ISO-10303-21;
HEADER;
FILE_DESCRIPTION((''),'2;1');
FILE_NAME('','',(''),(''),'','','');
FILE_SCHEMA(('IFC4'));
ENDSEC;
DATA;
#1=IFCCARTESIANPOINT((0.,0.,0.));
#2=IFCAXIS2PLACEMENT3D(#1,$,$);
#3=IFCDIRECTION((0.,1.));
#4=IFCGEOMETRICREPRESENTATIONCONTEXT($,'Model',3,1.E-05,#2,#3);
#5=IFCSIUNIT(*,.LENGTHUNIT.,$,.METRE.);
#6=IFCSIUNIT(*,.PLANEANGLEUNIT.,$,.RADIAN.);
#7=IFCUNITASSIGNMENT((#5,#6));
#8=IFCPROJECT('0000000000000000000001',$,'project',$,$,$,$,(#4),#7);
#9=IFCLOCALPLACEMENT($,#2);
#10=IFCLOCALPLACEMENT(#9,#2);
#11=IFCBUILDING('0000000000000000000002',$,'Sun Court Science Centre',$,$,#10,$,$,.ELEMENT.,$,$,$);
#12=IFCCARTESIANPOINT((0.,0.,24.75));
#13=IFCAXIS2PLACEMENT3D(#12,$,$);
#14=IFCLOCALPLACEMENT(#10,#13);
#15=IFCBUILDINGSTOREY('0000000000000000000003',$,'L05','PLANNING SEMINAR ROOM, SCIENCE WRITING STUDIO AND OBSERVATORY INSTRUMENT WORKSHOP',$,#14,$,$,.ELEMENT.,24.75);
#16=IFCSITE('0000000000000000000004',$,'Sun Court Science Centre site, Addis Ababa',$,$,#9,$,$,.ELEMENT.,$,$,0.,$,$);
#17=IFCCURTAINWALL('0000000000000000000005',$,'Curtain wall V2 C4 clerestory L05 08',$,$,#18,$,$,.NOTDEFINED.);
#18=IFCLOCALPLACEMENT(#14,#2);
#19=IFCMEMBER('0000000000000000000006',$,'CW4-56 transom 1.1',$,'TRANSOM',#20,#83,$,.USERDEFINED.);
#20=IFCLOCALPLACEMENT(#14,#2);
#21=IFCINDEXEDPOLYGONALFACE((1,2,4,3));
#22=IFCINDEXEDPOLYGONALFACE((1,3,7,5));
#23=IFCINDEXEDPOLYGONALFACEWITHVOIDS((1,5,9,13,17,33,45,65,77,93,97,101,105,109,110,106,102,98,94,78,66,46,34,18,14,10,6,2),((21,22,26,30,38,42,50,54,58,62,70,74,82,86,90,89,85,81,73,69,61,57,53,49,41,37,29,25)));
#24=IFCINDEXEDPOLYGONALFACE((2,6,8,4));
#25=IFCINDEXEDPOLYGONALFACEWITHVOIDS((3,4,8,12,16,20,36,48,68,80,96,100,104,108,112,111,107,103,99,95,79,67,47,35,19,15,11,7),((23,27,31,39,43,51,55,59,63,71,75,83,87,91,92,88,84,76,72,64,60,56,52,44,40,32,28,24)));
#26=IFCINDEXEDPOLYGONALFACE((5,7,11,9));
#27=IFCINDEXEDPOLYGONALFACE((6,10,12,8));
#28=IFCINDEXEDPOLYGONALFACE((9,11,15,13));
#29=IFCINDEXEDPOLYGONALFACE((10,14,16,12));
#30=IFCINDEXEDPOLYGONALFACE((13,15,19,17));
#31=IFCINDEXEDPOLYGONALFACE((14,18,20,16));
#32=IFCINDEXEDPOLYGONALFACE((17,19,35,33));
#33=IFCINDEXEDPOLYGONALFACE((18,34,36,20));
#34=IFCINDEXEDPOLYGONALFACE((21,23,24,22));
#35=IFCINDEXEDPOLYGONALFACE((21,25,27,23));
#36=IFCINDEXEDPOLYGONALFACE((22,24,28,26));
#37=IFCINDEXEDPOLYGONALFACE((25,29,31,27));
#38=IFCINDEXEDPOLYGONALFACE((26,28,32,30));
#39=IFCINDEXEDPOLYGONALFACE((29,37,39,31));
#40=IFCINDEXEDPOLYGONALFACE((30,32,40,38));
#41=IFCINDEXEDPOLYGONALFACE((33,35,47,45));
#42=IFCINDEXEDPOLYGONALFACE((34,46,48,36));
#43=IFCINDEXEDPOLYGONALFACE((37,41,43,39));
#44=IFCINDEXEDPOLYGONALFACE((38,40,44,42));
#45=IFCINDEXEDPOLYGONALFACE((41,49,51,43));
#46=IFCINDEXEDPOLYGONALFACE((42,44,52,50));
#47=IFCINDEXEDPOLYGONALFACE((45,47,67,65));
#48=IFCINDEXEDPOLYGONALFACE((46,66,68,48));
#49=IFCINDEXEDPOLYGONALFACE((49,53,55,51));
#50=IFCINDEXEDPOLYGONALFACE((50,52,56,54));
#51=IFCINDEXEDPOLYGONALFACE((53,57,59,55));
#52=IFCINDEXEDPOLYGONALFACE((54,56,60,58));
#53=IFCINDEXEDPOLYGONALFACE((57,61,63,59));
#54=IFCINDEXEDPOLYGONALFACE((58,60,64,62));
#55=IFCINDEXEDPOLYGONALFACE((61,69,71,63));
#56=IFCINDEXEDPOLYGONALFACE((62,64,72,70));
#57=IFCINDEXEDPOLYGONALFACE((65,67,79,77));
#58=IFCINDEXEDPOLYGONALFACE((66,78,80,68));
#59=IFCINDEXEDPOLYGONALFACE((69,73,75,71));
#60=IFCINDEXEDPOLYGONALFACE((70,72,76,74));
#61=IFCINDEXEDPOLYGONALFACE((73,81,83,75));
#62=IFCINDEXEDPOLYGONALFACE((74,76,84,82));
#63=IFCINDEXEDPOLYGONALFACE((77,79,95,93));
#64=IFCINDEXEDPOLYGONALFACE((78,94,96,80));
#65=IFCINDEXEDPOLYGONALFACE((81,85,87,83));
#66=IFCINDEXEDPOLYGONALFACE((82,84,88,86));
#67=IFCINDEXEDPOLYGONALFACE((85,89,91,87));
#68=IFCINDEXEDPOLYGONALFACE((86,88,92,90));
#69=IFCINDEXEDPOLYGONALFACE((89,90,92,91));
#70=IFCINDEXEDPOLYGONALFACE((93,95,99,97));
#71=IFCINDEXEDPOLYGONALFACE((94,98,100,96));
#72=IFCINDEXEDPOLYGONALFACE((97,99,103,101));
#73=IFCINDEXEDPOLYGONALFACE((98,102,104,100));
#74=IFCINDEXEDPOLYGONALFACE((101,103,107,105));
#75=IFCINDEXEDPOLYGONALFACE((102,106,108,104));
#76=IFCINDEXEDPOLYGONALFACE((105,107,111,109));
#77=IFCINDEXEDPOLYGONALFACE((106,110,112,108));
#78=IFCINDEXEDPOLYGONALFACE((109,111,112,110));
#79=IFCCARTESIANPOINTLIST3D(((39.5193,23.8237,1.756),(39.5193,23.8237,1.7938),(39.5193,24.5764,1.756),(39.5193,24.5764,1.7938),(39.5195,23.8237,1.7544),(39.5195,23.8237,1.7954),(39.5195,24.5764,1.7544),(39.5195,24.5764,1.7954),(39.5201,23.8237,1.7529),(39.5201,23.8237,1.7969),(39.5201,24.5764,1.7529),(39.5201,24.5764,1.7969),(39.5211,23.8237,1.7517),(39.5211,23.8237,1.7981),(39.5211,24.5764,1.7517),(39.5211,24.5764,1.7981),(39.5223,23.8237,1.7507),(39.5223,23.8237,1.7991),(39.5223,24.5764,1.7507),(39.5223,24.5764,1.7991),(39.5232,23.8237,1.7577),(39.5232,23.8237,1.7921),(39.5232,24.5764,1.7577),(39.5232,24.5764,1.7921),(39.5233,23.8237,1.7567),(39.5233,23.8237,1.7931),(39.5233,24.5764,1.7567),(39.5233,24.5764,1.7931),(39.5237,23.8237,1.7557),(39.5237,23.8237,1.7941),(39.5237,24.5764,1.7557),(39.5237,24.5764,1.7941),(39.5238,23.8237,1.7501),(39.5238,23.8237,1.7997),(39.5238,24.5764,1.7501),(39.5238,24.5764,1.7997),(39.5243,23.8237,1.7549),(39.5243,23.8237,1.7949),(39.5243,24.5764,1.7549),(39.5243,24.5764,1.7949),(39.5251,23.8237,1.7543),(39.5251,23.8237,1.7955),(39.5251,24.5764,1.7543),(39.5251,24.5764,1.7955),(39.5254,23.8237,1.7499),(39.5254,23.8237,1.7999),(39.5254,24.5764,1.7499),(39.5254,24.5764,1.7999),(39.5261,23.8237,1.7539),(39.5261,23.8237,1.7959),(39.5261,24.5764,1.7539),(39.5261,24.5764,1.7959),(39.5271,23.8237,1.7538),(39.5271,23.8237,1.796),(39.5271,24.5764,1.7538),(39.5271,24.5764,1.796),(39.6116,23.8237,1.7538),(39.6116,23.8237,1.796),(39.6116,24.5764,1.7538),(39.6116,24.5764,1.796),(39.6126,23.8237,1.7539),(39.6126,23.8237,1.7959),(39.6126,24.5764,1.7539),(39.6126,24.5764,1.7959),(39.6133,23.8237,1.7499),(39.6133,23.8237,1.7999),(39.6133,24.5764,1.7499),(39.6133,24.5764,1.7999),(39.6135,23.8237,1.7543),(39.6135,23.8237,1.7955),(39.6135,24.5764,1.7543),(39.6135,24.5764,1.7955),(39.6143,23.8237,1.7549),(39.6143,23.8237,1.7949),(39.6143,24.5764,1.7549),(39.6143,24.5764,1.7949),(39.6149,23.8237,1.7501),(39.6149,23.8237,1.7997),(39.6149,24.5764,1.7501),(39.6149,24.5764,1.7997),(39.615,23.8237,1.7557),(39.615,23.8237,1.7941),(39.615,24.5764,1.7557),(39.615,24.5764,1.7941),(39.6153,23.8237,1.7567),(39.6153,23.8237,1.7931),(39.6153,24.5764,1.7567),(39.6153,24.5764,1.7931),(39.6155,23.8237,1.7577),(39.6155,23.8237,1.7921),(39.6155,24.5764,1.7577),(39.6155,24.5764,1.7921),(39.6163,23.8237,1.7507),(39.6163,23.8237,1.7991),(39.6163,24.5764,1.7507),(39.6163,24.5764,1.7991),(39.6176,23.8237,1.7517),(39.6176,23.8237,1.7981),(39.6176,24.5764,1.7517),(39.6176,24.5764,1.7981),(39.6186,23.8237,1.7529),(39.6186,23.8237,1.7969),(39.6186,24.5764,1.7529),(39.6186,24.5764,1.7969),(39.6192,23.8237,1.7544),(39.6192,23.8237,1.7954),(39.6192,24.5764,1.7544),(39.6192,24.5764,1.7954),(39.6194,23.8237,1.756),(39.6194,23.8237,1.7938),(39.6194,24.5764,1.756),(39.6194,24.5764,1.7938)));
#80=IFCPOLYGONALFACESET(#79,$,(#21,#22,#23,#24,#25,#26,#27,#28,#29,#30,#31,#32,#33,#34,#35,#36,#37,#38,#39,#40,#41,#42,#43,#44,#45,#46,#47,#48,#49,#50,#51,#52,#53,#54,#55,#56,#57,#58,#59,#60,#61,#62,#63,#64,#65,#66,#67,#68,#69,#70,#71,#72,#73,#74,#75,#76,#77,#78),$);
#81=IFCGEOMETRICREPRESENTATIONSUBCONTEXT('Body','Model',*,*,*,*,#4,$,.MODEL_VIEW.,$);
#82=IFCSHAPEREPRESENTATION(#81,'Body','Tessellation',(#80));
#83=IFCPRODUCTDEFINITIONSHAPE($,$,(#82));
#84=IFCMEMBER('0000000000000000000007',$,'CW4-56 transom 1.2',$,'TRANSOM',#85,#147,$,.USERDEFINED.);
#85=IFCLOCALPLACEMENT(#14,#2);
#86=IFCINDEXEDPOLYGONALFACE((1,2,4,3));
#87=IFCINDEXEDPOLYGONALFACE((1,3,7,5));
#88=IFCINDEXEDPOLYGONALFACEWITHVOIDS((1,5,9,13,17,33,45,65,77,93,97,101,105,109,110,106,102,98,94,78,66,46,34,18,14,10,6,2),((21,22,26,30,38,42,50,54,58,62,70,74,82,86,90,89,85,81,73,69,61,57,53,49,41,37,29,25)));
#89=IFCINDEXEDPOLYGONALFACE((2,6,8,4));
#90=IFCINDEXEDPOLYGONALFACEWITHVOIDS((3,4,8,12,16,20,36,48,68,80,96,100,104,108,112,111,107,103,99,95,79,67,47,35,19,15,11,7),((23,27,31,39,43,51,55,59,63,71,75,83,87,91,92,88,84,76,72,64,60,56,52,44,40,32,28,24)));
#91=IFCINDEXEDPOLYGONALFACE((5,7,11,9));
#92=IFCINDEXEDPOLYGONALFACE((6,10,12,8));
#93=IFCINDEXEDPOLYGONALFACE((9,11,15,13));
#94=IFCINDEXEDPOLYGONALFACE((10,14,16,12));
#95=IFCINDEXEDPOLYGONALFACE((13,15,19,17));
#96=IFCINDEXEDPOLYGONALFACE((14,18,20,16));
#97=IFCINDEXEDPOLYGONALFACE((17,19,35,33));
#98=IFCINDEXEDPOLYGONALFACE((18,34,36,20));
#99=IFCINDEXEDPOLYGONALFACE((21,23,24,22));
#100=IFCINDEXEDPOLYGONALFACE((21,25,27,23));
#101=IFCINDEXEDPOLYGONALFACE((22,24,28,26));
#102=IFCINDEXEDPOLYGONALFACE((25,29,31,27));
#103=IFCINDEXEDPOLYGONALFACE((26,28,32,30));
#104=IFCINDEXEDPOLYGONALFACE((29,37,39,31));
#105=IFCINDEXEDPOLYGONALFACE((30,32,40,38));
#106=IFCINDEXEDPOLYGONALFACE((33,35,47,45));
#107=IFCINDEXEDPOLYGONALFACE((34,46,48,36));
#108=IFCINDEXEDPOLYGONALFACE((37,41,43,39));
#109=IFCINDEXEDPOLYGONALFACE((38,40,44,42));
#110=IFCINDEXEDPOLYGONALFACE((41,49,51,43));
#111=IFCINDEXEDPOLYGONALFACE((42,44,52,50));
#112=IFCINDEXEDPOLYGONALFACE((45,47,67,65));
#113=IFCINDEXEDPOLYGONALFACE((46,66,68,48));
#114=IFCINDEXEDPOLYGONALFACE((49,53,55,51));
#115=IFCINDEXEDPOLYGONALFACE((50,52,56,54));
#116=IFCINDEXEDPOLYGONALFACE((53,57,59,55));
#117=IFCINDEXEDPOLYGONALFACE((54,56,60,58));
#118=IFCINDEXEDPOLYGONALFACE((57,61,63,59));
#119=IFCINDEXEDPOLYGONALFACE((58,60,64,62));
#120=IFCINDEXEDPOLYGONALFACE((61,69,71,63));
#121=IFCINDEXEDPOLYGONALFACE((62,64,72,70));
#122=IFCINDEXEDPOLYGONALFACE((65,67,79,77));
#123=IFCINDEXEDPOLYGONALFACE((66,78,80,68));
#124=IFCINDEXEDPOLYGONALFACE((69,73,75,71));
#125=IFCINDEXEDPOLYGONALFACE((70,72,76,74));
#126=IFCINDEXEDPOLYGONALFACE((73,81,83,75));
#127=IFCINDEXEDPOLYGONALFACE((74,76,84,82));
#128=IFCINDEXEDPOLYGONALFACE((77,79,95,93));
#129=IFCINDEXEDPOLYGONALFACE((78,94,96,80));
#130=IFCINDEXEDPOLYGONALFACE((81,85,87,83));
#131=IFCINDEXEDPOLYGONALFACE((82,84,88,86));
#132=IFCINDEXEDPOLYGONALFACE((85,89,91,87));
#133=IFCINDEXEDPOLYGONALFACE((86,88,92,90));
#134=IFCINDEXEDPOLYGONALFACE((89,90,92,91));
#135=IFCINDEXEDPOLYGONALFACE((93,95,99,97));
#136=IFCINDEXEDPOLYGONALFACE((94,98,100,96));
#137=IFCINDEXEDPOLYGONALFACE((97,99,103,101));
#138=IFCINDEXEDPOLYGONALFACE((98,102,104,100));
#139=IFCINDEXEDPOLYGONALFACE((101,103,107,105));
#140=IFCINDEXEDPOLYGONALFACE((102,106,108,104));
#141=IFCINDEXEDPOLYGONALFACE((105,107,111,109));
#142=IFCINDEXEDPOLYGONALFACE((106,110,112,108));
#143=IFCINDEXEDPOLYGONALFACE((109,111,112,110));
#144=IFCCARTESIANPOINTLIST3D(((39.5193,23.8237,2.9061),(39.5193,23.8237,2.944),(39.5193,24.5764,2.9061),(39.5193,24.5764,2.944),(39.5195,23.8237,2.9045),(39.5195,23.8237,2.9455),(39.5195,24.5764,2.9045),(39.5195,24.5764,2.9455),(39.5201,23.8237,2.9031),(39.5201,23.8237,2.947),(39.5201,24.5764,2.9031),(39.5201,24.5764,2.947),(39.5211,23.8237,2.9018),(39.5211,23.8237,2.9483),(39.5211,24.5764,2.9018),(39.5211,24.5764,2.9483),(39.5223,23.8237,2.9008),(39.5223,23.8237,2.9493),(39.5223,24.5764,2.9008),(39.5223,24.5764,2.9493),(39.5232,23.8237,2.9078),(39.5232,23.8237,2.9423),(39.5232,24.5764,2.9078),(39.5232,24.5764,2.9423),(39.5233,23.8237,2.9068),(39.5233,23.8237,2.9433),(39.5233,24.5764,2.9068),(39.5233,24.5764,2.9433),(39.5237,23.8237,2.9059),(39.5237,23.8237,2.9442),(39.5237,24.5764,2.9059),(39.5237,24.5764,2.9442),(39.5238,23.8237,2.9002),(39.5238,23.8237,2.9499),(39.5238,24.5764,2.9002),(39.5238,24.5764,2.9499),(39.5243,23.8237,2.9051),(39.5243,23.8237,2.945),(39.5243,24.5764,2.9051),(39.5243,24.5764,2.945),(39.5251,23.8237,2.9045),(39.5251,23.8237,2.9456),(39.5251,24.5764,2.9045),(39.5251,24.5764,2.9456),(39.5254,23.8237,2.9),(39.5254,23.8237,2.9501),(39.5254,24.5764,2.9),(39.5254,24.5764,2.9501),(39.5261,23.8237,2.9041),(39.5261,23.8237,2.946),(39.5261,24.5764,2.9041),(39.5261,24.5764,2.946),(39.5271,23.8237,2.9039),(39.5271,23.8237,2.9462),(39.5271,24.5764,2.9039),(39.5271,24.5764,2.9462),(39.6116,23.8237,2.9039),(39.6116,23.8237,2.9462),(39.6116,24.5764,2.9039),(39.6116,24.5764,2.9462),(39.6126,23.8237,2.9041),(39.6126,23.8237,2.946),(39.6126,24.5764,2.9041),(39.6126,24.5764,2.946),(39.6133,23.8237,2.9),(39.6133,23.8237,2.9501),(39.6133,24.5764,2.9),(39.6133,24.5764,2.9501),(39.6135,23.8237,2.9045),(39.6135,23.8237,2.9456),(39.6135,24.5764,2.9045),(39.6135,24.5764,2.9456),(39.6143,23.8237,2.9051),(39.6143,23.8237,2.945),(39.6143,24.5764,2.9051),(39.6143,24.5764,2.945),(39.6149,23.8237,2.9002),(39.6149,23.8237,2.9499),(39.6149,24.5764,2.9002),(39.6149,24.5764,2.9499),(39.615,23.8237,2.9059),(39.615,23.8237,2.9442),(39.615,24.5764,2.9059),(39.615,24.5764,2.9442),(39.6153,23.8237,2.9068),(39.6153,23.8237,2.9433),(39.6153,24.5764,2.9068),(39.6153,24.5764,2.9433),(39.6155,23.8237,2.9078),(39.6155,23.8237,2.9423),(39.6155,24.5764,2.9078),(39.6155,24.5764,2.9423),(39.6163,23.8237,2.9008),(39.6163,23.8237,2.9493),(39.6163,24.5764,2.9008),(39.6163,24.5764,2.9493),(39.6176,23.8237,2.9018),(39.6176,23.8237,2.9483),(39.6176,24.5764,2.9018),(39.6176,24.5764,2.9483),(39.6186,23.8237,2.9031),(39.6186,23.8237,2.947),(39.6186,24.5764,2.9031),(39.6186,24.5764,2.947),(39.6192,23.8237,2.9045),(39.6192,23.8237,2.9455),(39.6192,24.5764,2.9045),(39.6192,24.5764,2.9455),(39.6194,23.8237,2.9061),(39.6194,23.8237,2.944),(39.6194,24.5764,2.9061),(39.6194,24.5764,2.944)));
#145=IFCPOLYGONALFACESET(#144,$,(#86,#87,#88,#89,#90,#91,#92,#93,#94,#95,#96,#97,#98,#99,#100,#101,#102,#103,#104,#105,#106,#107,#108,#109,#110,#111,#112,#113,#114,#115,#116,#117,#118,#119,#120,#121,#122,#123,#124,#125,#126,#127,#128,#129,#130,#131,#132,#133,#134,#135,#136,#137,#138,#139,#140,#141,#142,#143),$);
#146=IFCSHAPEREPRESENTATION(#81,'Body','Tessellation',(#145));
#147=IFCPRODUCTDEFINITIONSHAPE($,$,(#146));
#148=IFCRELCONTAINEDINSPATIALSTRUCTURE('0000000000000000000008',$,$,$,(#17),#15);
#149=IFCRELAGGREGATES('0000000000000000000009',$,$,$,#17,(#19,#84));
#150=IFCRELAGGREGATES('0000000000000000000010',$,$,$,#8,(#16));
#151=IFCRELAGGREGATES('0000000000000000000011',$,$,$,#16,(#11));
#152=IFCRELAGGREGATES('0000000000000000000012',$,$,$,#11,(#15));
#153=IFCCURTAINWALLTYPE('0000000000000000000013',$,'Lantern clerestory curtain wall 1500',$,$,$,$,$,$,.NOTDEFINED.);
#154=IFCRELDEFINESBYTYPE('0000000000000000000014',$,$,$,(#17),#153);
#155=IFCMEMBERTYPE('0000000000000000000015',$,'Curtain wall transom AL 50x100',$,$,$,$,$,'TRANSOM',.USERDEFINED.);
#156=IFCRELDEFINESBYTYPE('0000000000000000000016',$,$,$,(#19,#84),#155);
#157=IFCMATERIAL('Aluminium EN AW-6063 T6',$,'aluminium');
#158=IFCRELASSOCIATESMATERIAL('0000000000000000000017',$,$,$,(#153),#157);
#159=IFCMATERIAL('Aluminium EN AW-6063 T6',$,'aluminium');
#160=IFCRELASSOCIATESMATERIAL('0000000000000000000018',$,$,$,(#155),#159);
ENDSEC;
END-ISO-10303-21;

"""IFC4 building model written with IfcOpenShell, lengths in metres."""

from ifc_helpers import new_model, si_unit, direction, frame, origin, origin_2d, place, context, subcontext, project, spatial, hollow_rectangle, extrude, material, material_profile, profile_set, type_object, element, aggregate, save


model = new_model("IFC4")

# Units and contexts
model_context = context("Model", 3, precision=1e-05, world=origin(), true_north=direction((0.0, 1.0)))
body_context = subcontext(model_context, "Body", "Model", "MODEL_VIEW")
ifc_project = project(units=[si_unit("LENGTHUNIT", "METRE"), si_unit("PLANEANGLEUNIT", "RADIAN")], contexts=[model_context])

# Site, building, storey
site_placement = place(None, origin())
site = spatial("IfcSite", under=ifc_project, at=site_placement, Name="Sun Court Science Centre site, Addis Ababa", CompositionType="ELEMENT", RefElevation=0.0)
building_placement = place(site_placement, origin())
building = spatial("IfcBuilding", under=site, at=building_placement, Name="Sun Court Science Centre", CompositionType="ELEMENT")
storey_placement = place(building_placement, frame((0.0, 0.0, 24.75)))
storey = spatial("IfcBuildingStorey", under=building, at=storey_placement, Name="L05", Description="PLANNING SEMINAR ROOM, SCIENCE WRITING STUDIO AND OBSERVATORY INSTRUMENT WORKSHOP", CompositionType="ELEMENT", Elevation=24.75)

# Shared definitions
ifc_material_1 = material(Name="Aluminium EN AW-6063 T6", Category="aluminium")
curtain_wall_type = type_object("IfcCurtainWallType", Name="Lantern clerestory curtain wall 1500", PredefinedType="NOTDEFINED", material=ifc_material_1)

# Curtain wall
curtain_wall_1_placement = place(storey_placement, origin())
curtain_wall_1 = element("IfcCurtainWall", 1, at=curtain_wall_1_placement, inside=storey, type_object=curtain_wall_type, Name="Curtain wall V2 C4 clerestory L05 08", PredefinedType="NOTDEFINED")

# Members
ifc_material_2 = material(Name="Aluminium EN AW-6063 T6", Category="aluminium")
ifc_material_profile_1 = material_profile(ifc_material_2, hollow_rectangle(XDim=0.05, YDim=0.1001, WallThickness=0.0039, InnerFilletRadius=0.0039, OuterFilletRadius=0.0061, at=origin_2d()), Name="AL 50x100x4")
ifc_profile_set_1 = profile_set([ifc_material_profile_1], Name="Aluminium EN AW-6063 T6")
member_type_1 = type_object("IfcMemberType", Name="Curtain wall transom AL 50x100", ElementType="TRANSOM", PredefinedType="USERDEFINED", material=ifc_profile_set_1)
member_1_placement = place(storey_placement, frame((39.5693, 23.8237, 1.7749), z_axis=(0.0, 1.0, 0.0), x_axis=(0.0, 0.0, 1.0)))
member_1 = element("IfcMember", 2, at=member_1_placement, type_object=member_type_1, Name="CW4-56 transom 1.1", ObjectType="TRANSOM", PredefinedType="USERDEFINED", context=body_context, shape_type="SweptSolid", body=[
    extrude(hollow_rectangle(XDim=0.05, YDim=0.1001, WallThickness=0.0039, InnerFilletRadius=0.0039, OuterFilletRadius=0.0061, at=origin_2d()), origin(), (0.0, 0.0, 1.0), 0.7527),
])
member_2_placement = place(storey_placement, frame((39.5693, 23.8237, 2.925), z_axis=(0.0, 1.0, 0.0), x_axis=(0.0, 0.0, 1.0)))
member_2 = element("IfcMember", 3, at=member_2_placement, type_object=member_type_1, Name="CW4-56 transom 1.2", ObjectType="TRANSOM", PredefinedType="USERDEFINED", context=body_context, shape_type="SweptSolid", body=[
    extrude(hollow_rectangle(XDim=0.05, YDim=0.1001, WallThickness=0.0039, InnerFilletRadius=0.0039, OuterFilletRadius=0.0061, at=origin_2d()), origin(), (0.0, 0.0, 1.0), 0.7527),
])

aggregate(curtain_wall_1, [member_1, member_2])

save(model, "model.ifc")
